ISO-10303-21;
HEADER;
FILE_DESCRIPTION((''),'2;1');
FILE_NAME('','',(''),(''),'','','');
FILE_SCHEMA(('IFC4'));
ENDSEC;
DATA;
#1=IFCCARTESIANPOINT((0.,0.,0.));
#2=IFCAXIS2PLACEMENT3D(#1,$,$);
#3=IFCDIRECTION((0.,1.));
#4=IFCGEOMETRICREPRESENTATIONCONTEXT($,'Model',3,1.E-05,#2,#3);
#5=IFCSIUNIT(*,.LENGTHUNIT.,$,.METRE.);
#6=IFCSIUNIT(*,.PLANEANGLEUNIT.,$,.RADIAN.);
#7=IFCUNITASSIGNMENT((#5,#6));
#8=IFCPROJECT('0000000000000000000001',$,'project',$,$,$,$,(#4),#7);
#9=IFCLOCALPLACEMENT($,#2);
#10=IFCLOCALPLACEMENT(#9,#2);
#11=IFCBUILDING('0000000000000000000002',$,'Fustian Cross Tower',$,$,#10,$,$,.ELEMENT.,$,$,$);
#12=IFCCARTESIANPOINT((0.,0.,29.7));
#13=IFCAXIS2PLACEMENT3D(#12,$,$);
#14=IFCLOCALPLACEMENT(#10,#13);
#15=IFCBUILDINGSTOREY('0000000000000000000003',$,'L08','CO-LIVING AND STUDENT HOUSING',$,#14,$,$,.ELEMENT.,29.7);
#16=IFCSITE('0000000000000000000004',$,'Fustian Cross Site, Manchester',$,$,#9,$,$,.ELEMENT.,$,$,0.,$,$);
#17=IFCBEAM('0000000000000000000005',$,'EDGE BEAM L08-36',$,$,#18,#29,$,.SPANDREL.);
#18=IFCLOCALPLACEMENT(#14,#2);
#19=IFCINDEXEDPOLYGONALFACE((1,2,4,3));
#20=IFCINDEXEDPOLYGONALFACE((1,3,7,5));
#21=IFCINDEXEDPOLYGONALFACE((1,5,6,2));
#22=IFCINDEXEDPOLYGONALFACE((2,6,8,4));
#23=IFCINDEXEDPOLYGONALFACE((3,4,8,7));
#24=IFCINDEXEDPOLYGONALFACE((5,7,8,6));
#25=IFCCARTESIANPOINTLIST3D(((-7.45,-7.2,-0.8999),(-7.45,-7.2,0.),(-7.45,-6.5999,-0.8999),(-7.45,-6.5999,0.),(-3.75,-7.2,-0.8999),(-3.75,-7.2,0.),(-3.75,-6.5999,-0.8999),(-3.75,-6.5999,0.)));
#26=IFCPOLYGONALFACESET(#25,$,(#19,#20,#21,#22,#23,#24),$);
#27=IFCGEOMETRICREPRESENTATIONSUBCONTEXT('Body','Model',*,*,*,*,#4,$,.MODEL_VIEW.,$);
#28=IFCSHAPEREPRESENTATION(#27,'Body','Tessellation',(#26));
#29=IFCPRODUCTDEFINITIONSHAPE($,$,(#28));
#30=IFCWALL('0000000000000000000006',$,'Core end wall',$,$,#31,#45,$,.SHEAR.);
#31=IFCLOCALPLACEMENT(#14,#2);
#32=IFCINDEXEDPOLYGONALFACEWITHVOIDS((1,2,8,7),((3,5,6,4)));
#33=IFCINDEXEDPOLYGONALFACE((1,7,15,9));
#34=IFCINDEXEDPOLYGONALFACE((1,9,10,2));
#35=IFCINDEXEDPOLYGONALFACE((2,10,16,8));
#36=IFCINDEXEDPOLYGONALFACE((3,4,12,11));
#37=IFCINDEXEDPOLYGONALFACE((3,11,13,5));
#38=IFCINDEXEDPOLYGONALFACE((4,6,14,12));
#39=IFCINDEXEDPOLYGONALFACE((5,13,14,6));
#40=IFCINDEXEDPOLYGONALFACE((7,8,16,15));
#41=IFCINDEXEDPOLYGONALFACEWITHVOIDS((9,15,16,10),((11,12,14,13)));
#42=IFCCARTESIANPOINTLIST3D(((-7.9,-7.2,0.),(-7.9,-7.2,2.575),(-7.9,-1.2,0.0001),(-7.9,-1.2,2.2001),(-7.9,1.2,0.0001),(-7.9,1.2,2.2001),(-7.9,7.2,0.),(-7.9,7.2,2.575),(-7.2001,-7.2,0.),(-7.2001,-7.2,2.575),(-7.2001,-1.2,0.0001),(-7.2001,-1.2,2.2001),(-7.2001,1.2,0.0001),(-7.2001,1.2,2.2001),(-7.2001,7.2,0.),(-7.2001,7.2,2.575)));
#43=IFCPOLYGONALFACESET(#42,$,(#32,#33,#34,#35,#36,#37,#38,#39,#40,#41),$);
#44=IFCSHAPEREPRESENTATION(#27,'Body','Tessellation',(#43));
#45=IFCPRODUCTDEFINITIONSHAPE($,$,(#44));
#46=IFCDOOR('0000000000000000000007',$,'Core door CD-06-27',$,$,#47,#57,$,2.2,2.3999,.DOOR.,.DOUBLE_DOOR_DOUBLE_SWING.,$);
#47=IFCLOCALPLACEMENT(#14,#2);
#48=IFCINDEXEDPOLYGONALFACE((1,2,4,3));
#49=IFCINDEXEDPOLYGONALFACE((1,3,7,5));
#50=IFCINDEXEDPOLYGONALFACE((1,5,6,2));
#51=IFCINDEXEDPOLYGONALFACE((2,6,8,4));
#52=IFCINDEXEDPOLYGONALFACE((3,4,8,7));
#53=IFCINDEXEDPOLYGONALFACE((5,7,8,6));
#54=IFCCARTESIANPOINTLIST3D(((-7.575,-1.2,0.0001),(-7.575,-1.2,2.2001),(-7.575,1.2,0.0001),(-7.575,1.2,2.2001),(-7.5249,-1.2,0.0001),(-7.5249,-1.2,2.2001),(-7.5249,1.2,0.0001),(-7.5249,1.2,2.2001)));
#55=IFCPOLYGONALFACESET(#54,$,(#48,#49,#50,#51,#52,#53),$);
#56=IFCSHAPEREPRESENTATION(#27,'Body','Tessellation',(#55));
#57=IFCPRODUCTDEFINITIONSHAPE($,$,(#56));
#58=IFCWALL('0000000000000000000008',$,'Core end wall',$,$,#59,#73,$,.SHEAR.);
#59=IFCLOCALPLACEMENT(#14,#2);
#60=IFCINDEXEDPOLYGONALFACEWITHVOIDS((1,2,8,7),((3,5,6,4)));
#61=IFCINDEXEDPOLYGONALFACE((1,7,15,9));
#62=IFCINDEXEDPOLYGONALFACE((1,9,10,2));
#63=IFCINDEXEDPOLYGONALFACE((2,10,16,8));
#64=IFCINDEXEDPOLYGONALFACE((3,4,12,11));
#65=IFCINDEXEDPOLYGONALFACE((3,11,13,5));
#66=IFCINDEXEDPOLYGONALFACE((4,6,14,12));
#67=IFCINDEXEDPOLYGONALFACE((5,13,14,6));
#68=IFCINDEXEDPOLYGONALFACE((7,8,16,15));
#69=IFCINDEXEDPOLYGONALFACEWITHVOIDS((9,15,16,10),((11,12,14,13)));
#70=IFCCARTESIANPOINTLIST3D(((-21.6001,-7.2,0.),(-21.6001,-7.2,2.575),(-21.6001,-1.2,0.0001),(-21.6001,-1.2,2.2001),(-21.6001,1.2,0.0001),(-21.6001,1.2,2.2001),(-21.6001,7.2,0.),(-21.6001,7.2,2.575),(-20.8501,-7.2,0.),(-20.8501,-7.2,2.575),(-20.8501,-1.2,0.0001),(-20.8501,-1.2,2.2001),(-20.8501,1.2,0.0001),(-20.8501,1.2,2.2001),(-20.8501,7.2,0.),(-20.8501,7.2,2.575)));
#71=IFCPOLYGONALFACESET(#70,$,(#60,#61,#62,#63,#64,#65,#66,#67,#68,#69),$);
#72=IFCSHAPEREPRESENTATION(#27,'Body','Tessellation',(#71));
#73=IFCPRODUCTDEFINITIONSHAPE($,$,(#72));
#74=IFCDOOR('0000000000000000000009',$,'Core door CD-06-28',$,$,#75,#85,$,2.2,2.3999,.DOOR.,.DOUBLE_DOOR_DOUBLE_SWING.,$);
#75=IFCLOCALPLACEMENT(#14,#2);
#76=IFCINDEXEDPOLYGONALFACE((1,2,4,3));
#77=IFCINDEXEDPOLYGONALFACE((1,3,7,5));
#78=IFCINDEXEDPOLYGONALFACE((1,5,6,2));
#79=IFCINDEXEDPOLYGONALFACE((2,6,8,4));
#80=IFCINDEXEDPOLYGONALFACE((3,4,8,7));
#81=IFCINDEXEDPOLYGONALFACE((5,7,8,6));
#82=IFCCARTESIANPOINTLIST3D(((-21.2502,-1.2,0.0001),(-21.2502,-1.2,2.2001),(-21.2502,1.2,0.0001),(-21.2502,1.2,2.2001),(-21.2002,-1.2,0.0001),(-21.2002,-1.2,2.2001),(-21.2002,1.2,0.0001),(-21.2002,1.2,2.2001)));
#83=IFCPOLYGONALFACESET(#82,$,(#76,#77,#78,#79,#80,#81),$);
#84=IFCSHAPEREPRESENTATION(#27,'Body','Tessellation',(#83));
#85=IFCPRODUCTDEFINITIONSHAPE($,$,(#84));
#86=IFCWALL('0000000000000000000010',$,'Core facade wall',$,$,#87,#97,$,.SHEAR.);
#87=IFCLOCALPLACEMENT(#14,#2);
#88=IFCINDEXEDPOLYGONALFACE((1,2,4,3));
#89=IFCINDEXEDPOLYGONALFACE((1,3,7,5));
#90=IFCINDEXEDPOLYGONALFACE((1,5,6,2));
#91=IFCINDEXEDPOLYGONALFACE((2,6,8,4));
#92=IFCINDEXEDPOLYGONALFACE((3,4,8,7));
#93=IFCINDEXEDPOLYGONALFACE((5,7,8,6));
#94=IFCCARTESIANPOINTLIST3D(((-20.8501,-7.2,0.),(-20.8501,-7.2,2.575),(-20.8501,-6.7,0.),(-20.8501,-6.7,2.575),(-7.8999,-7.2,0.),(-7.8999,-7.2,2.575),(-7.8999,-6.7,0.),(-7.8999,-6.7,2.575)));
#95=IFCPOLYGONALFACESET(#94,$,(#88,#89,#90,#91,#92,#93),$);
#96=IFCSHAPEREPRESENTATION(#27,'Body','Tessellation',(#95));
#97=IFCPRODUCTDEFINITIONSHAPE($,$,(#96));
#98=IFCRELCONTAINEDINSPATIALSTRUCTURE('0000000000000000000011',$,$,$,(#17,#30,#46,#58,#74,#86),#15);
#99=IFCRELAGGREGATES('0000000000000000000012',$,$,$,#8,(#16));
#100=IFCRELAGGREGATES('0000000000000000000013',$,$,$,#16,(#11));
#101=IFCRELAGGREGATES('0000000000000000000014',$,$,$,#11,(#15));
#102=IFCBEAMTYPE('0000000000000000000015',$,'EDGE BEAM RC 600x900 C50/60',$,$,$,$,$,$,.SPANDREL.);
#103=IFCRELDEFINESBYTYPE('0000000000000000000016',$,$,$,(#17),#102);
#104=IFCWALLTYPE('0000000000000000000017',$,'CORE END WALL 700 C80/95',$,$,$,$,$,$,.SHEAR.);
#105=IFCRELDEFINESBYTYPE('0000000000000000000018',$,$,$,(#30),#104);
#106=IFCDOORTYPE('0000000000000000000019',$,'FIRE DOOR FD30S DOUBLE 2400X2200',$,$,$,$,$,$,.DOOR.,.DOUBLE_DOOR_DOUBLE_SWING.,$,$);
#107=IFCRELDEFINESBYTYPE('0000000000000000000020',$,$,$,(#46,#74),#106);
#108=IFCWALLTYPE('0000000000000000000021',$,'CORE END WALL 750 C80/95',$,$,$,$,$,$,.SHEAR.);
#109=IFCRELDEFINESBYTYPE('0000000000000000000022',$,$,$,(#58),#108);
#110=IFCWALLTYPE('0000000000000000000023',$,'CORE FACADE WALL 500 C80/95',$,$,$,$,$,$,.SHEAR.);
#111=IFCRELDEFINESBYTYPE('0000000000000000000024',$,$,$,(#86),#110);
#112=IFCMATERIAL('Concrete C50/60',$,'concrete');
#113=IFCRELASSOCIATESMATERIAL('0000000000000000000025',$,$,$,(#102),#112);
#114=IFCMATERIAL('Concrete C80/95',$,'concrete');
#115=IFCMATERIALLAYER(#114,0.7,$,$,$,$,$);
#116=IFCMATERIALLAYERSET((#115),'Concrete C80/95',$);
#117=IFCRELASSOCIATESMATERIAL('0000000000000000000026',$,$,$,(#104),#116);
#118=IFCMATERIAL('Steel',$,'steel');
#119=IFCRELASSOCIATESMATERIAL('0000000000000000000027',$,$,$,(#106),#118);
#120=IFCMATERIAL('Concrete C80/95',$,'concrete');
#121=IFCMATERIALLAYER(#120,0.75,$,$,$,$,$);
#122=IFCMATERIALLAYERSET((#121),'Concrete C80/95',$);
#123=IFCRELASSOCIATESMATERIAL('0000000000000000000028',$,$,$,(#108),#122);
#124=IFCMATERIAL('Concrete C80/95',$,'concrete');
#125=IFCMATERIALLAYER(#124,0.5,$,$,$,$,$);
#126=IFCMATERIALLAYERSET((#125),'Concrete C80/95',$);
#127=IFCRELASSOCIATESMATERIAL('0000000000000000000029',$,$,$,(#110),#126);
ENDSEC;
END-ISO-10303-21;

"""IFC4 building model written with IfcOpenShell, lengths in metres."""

from ifc_helpers import new_model, si_unit, direction, frame, frame_2d, origin, origin_2d, place, context, subcontext, project, spatial, rectangle, extrude, material, layer, layer_set, material_profile, profile_set, type_object, element, fill, save


model = new_model("IFC4")

# Units and contexts
model_context = context("Model", 3, precision=1e-05, world=origin(), true_north=direction((0.0, 1.0)))
body_context = subcontext(model_context, "Body", "Model", "MODEL_VIEW")
ifc_project = project(units=[si_unit("LENGTHUNIT", "METRE"), si_unit("PLANEANGLEUNIT", "RADIAN")], contexts=[model_context])

# Site, building, storey
site_placement = place(None, origin())
site = spatial("IfcSite", under=ifc_project, at=site_placement, Name="Fustian Cross Site, Manchester", CompositionType="ELEMENT", RefElevation=0.0)
building_placement = place(site_placement, origin())
building = spatial("IfcBuilding", under=site, at=building_placement, Name="Fustian Cross Tower", CompositionType="ELEMENT")
storey_placement = place(building_placement, frame((0.0, 0.0, 29.7)))
storey = spatial("IfcBuildingStorey", under=building, at=storey_placement, Name="L08", Description="CO-LIVING AND STUDENT HOUSING", CompositionType="ELEMENT", Elevation=29.7)

# Beam
ifc_material_1 = material(Name="Concrete C50/60", Category="concrete")
ifc_material_profile = material_profile(ifc_material_1, rectangle(XDim=0.6001, YDim=0.8999, at=origin_2d()), Name="RC 600x900")
ifc_profile_set = profile_set([ifc_material_profile], Name="Concrete C50/60")
beam_type = type_object("IfcBeamType", Name="EDGE BEAM RC 600x900 C50/60", PredefinedType="SPANDREL", material=ifc_profile_set)
beam_placement = place(storey_placement, frame((-7.45, -6.8999, -0.45), z_axis=(1.0, 0.0, 0.0), x_axis=(0.0, 1.0, 0.0)))
element("IfcBeam", 1, at=beam_placement, inside=storey, type_object=beam_type, Name="EDGE BEAM L08-36", PredefinedType="SPANDREL", context=body_context, shape_type="SweptSolid", body=[
    extrude(rectangle(XDim=0.6001, YDim=0.8999, at=origin_2d()), origin(), (0.0, 0.0, 1.0), 3.7),
])

# Walls, openings, doors
ifc_material_2 = material(Name="Concrete C80/95", Category="concrete")
ifc_layer_1 = layer(ifc_material_2, 0.7)
ifc_layer_set_1 = layer_set([ifc_layer_1], Name="Concrete C80/95")
wall_type_1 = type_object("IfcWallType", Name="CORE END WALL 700 C80/95", PredefinedType="SHEAR", material=ifc_layer_set_1)
wall_1_placement = place(storey_placement, frame((-7.55, -7.2, 0.0), z_axis=(0.0, 0.0, 1.0), x_axis=(0.0, 1.0, 0.0)))
wall_1 = element("IfcWall", 2, at=wall_1_placement, inside=storey, type_object=wall_type_1, Name="Core end wall", PredefinedType="SHEAR", context=body_context, shape_type="SweptSolid", body=[
    extrude(rectangle(XDim=14.3999, YDim=0.7, at=frame_2d((7.2, 0.0))), origin(), (0.0, 0.0, 1.0), 2.575),
])
opening_1_placement = place(wall_1_placement, frame((6.0, 0.0, 0.0)))
opening_1 = element("IfcOpeningElement", 3, at=opening_1_placement, cuts=wall_1, PredefinedType="OPENING", context=body_context, shape_type="SweptSolid", body=[
    extrude(rectangle(XDim=2.3999, YDim=2.2, at=frame_2d((1.2, 1.1001))), frame((0.0, 0.3599, 0.0), z_axis=(0.0, -1.0, 0.0), x_axis=(1.0, 0.0, 0.0)), (0.0, 0.0, 1.0), 0.72),
])
ifc_material_3 = material(Name="Steel", Category="steel")
door_type_1 = type_object("IfcDoorType", Name="FIRE DOOR FD30S DOUBLE 2400X2200", OperationType="DOUBLE_DOOR_DOUBLE_SWING", PredefinedType="DOOR", material=ifc_material_3)
door_1_placement = place(opening_1_placement, origin())
door_1 = element("IfcDoor", 4, at=door_1_placement, inside=storey, type_object=door_type_1, Name="Core door CD-06-27", OperationType="DOUBLE_DOOR_DOUBLE_SWING", OverallHeight=2.2, OverallWidth=2.3999, PredefinedType="DOOR", context=body_context, shape_type="SweptSolid", body=[
    extrude(rectangle(XDim=2.3999, YDim=2.2, at=frame_2d((1.2, 1.1001))), frame((0.0, 0.0249, 0.0), z_axis=(0.0, -1.0, 0.0), x_axis=(1.0, 0.0, 0.0)), (0.0, 0.0, 1.0), 0.05),
])
fill(opening_1, door_1)
ifc_material_4 = material(Name="Concrete C80/95", Category="concrete")
ifc_layer_2 = layer(ifc_material_4, 0.75)
ifc_layer_set_2 = layer_set([ifc_layer_2], Name="Concrete C80/95")
wall_type_2 = type_object("IfcWallType", Name="CORE END WALL 750 C80/95", PredefinedType="SHEAR", material=ifc_layer_set_2)
wall_2_placement = place(storey_placement, frame((-21.2251, -7.2, 0.0), z_axis=(0.0, 0.0, 1.0), x_axis=(0.0, 1.0, 0.0)))
wall_2 = element("IfcWall", 5, at=wall_2_placement, inside=storey, type_object=wall_type_2, Name="Core end wall", PredefinedType="SHEAR", context=body_context, shape_type="SweptSolid", body=[
    extrude(rectangle(XDim=14.3999, YDim=0.75, at=frame_2d((7.2, 0.0))), origin(), (0.0, 0.0, 1.0), 2.575),
])
opening_2_placement = place(wall_2_placement, frame((6.0, 0.0, 0.0)))
opening_2 = element("IfcOpeningElement", 6, at=opening_2_placement, cuts=wall_2, PredefinedType="OPENING", context=body_context, shape_type="SweptSolid", body=[
    extrude(rectangle(XDim=2.3999, YDim=2.2, at=frame_2d((1.2, 1.1001))), frame((0.0, 0.385, 0.0), z_axis=(0.0, -1.0, 0.0), x_axis=(1.0, 0.0, 0.0)), (0.0, 0.0, 1.0), 0.77),
])
door_2_placement = place(opening_2_placement, frame((2.3999, 0.0, 0.0), z_axis=(0.0, 0.0, 1.0), x_axis=(-1.0, 0.0, 0.0)))
door_2 = element("IfcDoor", 7, at=door_2_placement, inside=storey, type_object=door_type_1, Name="Core door CD-06-28", OperationType="DOUBLE_DOOR_DOUBLE_SWING", OverallHeight=2.2, OverallWidth=2.3999, PredefinedType="DOOR", context=body_context, shape_type="SweptSolid", body=[
    extrude(rectangle(XDim=2.3999, YDim=2.2, at=frame_2d((1.2, 1.1001))), frame((0.0, 0.0249, 0.0), z_axis=(0.0, -1.0, 0.0), x_axis=(1.0, 0.0, 0.0)), (0.0, 0.0, 1.0), 0.05),
])
fill(opening_2, door_2)

# Wall
ifc_material_5 = material(Name="Concrete C80/95", Category="concrete")
ifc_layer_3 = layer(ifc_material_5, 0.5)
ifc_layer_set_3 = layer_set([ifc_layer_3], Name="Concrete C80/95")
wall_type_3 = type_object("IfcWallType", Name="CORE FACADE WALL 500 C80/95", PredefinedType="SHEAR", material=ifc_layer_set_3)
wall_3_placement = place(storey_placement, frame((-7.8999, -6.95, 0.0), z_axis=(0.0, 0.0, 1.0), x_axis=(-1.0, 0.0, 0.0)))
element("IfcWall", 8, at=wall_3_placement, inside=storey, type_object=wall_type_3, Name="Core facade wall", PredefinedType="SHEAR", context=body_context, shape_type="SweptSolid", body=[
    extrude(rectangle(XDim=12.9502, YDim=0.5, at=frame_2d((6.4751, 0.0))), origin(), (0.0, 0.0, 1.0), 2.575),
])

save(model, "model.ifc")
